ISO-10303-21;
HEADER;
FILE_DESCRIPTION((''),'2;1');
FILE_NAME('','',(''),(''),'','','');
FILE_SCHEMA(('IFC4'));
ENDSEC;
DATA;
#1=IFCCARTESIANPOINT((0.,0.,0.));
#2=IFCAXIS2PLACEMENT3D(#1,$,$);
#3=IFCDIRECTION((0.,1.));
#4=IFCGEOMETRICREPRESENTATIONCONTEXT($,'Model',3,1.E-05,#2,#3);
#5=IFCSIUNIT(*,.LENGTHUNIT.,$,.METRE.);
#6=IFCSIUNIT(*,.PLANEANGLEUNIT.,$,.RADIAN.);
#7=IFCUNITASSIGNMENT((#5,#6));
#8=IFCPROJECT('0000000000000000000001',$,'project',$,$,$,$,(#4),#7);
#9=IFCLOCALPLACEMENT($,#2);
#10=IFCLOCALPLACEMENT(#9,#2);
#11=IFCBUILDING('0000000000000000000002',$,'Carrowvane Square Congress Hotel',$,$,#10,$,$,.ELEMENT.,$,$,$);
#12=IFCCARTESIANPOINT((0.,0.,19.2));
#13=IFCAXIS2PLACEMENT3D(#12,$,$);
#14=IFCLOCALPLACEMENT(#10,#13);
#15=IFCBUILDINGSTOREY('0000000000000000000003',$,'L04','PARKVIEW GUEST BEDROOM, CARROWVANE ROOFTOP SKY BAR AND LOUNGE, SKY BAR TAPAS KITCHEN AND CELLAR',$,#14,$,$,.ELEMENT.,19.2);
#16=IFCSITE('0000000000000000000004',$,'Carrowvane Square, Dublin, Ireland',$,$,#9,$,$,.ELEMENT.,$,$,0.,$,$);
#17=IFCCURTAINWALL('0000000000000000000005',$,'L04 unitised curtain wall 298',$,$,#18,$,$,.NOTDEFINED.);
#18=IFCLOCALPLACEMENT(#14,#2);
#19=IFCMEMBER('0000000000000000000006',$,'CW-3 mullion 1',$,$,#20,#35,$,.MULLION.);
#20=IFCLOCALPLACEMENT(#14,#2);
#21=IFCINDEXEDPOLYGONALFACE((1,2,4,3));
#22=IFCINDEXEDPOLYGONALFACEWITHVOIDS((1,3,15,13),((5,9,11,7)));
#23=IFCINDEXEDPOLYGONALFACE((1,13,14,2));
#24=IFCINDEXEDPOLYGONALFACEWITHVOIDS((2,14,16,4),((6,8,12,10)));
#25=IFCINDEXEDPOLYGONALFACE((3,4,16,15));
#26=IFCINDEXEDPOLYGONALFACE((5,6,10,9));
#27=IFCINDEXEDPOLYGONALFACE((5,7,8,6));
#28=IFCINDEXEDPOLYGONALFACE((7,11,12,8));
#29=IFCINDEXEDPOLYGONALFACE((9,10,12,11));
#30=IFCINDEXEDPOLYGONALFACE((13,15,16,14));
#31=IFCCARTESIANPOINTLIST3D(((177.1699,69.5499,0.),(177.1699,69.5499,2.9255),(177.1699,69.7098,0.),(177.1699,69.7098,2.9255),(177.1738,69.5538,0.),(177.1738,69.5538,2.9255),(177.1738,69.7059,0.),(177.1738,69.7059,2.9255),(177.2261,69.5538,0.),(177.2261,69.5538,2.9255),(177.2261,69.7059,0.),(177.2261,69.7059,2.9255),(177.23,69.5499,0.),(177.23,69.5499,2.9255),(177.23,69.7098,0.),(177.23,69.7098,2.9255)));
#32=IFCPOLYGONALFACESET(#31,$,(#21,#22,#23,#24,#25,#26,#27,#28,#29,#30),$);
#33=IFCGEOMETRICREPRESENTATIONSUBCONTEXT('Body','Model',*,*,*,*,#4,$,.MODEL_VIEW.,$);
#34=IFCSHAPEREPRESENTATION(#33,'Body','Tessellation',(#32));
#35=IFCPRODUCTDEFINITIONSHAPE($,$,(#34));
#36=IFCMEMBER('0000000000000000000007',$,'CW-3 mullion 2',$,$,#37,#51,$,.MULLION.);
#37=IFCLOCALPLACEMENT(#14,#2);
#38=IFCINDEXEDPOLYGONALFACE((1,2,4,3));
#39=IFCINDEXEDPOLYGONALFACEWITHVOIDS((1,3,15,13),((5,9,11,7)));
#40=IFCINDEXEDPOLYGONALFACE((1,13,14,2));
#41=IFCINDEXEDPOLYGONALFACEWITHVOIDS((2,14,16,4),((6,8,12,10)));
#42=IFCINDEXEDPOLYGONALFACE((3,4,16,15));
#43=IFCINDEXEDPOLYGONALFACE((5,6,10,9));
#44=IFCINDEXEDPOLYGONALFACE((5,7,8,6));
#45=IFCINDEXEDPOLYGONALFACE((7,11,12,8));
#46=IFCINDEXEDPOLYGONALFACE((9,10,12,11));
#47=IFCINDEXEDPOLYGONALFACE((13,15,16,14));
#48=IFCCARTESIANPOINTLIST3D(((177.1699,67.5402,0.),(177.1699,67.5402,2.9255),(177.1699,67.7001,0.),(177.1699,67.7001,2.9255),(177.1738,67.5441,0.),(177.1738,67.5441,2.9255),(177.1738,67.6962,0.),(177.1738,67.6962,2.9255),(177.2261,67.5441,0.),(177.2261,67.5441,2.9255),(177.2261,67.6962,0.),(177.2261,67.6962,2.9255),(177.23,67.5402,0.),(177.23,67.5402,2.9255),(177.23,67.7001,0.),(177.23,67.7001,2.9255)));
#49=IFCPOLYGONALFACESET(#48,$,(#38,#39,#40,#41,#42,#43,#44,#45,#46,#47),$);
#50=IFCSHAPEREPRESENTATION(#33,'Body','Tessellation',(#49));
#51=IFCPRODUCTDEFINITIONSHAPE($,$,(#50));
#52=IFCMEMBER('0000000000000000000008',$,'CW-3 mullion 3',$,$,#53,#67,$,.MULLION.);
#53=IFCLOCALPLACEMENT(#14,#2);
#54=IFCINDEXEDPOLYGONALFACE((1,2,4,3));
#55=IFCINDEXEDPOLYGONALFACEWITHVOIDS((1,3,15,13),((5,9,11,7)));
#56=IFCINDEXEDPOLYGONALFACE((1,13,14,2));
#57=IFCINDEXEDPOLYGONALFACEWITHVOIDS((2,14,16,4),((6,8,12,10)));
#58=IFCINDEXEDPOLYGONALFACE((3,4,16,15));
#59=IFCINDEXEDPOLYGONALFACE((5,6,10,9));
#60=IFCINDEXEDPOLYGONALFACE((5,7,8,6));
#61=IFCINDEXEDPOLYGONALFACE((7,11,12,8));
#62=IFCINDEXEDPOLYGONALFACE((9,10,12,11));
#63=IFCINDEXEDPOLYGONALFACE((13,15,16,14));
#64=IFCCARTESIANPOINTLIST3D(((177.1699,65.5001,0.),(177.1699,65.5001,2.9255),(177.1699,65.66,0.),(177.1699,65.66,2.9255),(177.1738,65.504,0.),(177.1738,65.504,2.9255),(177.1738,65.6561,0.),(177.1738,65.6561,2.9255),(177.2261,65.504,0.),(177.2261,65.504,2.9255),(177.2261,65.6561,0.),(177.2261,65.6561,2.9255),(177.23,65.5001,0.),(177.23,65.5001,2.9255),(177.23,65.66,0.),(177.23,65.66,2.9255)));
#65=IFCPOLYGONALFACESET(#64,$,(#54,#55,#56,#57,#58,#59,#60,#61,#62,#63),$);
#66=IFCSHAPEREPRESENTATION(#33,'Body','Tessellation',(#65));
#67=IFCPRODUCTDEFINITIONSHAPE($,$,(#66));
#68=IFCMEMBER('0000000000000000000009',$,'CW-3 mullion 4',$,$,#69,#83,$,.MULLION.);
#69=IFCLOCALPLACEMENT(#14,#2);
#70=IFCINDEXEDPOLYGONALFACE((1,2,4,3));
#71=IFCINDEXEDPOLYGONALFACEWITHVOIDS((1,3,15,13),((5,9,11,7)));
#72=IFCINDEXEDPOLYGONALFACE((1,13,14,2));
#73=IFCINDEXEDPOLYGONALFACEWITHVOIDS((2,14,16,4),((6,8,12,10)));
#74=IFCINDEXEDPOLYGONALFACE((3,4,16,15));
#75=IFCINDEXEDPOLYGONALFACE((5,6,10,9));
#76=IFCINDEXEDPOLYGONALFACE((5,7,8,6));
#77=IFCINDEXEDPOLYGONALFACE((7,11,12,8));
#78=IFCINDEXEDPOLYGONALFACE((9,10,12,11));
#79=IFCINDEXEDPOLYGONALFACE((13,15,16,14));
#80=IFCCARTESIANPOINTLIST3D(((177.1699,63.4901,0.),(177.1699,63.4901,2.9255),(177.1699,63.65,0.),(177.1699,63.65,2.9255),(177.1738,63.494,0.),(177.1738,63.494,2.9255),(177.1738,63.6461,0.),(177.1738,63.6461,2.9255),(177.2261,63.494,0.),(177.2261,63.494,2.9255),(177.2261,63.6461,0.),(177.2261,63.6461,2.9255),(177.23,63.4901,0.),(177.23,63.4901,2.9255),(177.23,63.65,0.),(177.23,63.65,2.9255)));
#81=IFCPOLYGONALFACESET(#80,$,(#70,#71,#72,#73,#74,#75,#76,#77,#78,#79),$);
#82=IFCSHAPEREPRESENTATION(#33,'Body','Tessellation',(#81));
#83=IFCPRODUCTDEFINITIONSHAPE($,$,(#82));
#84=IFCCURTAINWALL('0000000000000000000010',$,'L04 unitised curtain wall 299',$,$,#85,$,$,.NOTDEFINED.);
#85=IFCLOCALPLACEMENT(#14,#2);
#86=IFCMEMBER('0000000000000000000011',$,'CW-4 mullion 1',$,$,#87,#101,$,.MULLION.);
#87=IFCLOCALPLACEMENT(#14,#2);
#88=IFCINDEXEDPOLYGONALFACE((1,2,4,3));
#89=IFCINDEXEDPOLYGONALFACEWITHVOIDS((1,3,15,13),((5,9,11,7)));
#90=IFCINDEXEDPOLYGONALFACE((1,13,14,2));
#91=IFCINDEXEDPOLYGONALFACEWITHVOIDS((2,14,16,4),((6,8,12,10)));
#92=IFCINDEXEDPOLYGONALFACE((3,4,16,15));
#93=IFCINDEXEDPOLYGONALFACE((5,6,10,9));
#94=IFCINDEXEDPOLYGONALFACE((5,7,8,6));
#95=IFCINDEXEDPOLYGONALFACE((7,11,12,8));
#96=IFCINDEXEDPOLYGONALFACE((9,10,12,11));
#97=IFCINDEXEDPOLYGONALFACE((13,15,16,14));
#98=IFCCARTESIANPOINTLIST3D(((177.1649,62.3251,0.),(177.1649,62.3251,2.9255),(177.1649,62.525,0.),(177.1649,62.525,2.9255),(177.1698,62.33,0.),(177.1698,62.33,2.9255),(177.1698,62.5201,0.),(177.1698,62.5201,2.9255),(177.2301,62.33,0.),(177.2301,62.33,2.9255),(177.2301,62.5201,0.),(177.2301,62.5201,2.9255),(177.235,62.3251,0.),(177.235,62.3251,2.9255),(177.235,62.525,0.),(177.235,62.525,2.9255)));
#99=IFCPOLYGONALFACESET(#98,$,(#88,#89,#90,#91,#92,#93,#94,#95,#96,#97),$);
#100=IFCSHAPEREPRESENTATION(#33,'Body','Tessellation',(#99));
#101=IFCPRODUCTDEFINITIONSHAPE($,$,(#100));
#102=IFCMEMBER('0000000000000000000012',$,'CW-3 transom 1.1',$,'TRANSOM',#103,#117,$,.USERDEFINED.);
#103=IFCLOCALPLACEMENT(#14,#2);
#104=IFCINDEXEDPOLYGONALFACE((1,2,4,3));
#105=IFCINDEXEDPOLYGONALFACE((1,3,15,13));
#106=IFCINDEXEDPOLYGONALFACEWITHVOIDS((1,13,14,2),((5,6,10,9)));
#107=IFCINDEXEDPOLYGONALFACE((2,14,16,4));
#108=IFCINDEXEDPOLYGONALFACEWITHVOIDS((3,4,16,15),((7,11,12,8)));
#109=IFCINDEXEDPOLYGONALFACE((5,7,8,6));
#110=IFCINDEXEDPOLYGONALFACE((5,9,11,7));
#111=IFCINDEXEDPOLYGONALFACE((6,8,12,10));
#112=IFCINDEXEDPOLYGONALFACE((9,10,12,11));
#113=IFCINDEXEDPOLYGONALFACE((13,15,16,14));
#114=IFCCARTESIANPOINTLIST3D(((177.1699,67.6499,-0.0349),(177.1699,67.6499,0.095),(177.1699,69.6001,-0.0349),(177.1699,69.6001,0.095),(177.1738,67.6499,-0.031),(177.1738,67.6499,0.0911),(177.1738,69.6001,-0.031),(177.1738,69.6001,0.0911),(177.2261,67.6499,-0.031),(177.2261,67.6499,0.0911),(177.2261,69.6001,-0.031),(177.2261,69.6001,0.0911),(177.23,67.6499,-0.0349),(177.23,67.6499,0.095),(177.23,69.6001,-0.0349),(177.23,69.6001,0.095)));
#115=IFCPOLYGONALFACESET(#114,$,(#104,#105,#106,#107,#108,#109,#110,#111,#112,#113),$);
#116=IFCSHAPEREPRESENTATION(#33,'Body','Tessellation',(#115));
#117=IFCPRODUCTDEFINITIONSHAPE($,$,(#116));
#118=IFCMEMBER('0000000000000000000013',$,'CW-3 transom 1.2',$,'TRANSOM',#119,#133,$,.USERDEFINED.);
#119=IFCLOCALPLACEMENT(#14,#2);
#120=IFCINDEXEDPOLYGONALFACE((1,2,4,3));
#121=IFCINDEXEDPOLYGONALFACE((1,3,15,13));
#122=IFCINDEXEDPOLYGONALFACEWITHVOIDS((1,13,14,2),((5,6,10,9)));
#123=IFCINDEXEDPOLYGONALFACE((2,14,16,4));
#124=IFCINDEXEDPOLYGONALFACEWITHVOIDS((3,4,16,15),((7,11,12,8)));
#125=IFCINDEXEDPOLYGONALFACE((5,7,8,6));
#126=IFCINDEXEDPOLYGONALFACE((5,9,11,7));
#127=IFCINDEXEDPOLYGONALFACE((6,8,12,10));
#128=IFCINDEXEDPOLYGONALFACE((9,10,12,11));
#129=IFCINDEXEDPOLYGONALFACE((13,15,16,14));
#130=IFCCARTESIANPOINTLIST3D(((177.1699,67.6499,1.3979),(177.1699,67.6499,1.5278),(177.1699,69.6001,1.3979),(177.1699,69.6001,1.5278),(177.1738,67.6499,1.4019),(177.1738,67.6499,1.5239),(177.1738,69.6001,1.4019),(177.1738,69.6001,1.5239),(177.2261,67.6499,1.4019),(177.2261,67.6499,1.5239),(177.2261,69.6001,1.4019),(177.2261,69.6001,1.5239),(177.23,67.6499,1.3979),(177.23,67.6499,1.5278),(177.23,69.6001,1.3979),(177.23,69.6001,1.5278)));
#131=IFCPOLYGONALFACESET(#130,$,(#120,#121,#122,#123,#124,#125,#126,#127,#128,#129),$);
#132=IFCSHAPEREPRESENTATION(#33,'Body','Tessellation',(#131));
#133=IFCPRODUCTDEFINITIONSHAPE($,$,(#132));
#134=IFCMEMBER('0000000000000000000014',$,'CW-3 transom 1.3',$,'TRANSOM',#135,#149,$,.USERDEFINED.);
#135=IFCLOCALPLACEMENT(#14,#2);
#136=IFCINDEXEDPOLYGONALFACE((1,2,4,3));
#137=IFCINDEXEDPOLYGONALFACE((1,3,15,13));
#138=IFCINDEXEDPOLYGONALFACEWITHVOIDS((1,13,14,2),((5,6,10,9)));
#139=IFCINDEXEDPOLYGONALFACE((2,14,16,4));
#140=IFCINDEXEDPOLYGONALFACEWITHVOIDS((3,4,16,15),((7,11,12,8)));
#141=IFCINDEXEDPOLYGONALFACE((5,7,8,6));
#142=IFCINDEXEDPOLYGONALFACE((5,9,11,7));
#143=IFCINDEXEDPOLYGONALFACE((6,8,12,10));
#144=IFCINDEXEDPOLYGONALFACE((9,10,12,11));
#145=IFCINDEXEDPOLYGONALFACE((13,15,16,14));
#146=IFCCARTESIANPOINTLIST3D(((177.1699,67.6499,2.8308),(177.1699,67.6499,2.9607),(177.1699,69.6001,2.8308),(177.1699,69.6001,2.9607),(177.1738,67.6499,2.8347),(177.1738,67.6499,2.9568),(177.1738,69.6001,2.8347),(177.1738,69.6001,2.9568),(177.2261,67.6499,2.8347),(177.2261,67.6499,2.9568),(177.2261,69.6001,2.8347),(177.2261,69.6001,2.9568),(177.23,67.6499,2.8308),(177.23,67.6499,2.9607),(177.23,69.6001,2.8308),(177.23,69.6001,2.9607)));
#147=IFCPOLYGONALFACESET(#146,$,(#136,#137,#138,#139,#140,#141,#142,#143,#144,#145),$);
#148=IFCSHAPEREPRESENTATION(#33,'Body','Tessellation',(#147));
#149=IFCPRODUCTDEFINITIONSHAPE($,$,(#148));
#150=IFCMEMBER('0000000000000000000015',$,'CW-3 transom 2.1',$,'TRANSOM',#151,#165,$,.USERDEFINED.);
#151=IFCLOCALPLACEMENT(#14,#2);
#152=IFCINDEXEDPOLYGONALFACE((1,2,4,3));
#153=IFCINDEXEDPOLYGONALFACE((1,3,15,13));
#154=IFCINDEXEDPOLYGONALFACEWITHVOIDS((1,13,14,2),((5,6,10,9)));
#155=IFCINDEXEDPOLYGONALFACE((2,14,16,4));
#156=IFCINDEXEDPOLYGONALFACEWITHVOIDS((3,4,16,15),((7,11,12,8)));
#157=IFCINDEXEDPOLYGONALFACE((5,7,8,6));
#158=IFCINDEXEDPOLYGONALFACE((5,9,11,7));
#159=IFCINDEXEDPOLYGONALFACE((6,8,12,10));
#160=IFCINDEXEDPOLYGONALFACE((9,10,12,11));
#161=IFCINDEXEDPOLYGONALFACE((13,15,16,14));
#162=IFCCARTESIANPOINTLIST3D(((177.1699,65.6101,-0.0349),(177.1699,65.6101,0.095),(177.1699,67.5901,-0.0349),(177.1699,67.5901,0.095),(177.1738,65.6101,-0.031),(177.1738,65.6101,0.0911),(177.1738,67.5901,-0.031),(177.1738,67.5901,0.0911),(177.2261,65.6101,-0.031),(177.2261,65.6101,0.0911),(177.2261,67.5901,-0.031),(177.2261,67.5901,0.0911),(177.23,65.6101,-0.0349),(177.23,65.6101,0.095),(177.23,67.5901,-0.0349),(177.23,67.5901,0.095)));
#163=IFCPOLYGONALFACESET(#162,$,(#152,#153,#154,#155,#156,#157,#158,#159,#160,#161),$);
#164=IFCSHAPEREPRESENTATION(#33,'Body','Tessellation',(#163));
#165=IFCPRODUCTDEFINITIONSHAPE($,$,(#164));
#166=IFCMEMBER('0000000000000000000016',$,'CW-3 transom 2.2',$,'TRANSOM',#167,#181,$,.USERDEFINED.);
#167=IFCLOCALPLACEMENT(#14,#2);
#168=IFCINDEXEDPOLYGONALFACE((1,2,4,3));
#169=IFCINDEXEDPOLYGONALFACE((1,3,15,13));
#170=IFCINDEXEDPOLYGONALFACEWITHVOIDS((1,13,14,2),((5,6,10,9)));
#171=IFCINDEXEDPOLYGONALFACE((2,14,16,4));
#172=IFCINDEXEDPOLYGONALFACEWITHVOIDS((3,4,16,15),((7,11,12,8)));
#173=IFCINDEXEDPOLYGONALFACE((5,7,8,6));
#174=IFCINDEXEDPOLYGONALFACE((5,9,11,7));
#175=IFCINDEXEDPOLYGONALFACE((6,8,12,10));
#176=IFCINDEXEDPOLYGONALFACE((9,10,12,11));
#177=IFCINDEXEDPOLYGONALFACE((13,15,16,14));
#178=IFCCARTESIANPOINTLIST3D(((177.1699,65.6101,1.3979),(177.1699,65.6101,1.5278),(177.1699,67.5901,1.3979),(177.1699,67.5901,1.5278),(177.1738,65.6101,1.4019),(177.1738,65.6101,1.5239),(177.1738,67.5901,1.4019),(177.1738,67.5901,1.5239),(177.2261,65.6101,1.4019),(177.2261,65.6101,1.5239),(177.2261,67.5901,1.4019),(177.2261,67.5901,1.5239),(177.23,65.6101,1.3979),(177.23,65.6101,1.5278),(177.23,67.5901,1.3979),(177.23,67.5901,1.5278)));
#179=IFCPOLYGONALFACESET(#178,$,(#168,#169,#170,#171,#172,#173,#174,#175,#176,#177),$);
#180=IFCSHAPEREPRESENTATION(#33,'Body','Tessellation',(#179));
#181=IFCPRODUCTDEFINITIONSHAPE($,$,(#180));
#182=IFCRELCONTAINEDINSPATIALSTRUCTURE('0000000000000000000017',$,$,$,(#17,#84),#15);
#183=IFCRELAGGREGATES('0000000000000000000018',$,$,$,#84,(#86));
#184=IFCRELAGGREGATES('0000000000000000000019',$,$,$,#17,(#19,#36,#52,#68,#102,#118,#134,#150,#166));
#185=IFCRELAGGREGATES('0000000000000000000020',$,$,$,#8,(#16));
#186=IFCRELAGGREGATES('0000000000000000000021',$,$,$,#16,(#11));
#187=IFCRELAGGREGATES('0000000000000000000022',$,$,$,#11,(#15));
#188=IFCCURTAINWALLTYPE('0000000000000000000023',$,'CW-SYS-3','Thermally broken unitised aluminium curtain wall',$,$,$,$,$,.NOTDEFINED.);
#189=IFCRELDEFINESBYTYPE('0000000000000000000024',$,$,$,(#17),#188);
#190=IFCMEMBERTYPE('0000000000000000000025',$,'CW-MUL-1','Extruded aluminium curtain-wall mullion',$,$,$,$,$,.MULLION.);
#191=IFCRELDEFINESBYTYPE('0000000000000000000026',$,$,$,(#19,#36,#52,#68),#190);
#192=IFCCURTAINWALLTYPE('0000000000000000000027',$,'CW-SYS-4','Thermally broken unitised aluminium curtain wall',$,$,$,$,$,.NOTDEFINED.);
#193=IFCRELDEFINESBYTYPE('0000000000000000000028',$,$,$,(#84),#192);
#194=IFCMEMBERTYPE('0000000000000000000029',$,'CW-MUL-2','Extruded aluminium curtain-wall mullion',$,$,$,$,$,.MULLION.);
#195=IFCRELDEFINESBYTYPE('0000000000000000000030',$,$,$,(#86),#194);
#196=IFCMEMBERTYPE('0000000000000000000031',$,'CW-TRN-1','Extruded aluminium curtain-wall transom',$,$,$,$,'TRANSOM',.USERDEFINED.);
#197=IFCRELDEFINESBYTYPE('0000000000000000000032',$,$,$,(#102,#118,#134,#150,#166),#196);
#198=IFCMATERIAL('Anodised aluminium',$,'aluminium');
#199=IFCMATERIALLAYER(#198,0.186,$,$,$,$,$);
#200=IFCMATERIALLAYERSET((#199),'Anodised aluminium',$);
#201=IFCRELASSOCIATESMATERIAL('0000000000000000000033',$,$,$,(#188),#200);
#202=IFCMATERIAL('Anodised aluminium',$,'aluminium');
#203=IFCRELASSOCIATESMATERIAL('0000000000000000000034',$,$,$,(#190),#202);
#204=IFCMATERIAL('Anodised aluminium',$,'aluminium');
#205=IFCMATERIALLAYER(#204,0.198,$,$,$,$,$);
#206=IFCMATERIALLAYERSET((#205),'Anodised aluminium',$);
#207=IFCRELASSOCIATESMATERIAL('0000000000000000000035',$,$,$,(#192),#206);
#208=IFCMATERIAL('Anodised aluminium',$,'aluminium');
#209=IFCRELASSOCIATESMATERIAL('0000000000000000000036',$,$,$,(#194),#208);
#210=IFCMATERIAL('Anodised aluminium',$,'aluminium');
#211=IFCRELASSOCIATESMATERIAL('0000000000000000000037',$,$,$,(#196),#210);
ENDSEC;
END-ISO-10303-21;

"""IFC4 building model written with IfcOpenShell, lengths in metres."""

from ifc_helpers import new_model, si_unit, direction, frame, origin, origin_2d, place, context, subcontext, project, spatial, hollow_rectangle, extrude, material, layer, layer_set, material_profile, profile_set, type_object, element, aggregate, save


model = new_model("IFC4")

# Units and contexts
model_context = context("Model", 3, precision=1e-05, world=origin(), true_north=direction((0.0, 1.0)))
body_context = subcontext(model_context, "Body", "Model", "MODEL_VIEW")
ifc_project = project(units=[si_unit("LENGTHUNIT", "METRE"), si_unit("PLANEANGLEUNIT", "RADIAN")], contexts=[model_context])

# Site, building, storey
site_placement = place(None, origin())
site = spatial("IfcSite", under=ifc_project, at=site_placement, Name="Carrowvane Square, Dublin, Ireland", CompositionType="ELEMENT", RefElevation=0.0)
building_placement = place(site_placement, origin())
building = spatial("IfcBuilding", under=site, at=building_placement, Name="Carrowvane Square Congress Hotel", CompositionType="ELEMENT")
storey_placement = place(building_placement, frame((0.0, 0.0, 19.2)))
storey = spatial("IfcBuildingStorey", under=building, at=storey_placement, Name="L04", Description="PARKVIEW GUEST BEDROOM, CARROWVANE ROOFTOP SKY BAR AND LOUNGE, SKY BAR TAPAS KITCHEN AND CELLAR", CompositionType="ELEMENT", Elevation=19.2)

# Curtain wall, members
ifc_material_1 = material(Name="Anodised aluminium", Category="aluminium")
ifc_layer_1 = layer(ifc_material_1, 0.186)
ifc_layer_set_1 = layer_set([ifc_layer_1], Name="Anodised aluminium")
curtain_wall_type_1 = type_object("IfcCurtainWallType", Name="CW-SYS-3", Description="Thermally broken unitised aluminium curtain wall", PredefinedType="NOTDEFINED", material=ifc_layer_set_1)
curtain_wall_1_placement = place(storey_placement, origin())
curtain_wall_1 = element("IfcCurtainWall", 1, at=curtain_wall_1_placement, inside=storey, type_object=curtain_wall_type_1, Name="L04 unitised curtain wall 298", PredefinedType="NOTDEFINED")
ifc_material_2 = material(Name="Anodised aluminium", Category="aluminium")
ifc_material_profile_1 = material_profile(ifc_material_2, hollow_rectangle(XDim=0.0601, YDim=0.1599, WallThickness=0.0039, at=origin_2d()), Name="CW-ML 60x160x4")
ifc_profile_set_1 = profile_set([ifc_material_profile_1], Name="Anodised aluminium")
member_type_1 = type_object("IfcMemberType", Name="CW-MUL-1", Description="Extruded aluminium curtain-wall mullion", PredefinedType="MULLION", material=ifc_profile_set_1)
member_1_placement = place(storey_placement, frame((177.2, 69.6299, 0.0), z_axis=(0.0, 0.0, 1.0), x_axis=(1.0, 0.0, 0.0)))
member_1 = element("IfcMember", 2, at=member_1_placement, type_object=member_type_1, Name="CW-3 mullion 1", PredefinedType="MULLION", context=body_context, shape_type="SweptSolid", body=[
    extrude(hollow_rectangle(XDim=0.0601, YDim=0.1599, WallThickness=0.0039, at=origin_2d()), origin(), (0.0, 0.0, 1.0), 2.9255),
])
member_2_placement = place(storey_placement, frame((177.2, 67.6201, 0.0), z_axis=(0.0, 0.0, 1.0), x_axis=(1.0, 0.0, 0.0)))
member_2 = element("IfcMember", 3, at=member_2_placement, type_object=member_type_1, Name="CW-3 mullion 2", PredefinedType="MULLION", context=body_context, shape_type="SweptSolid", body=[
    extrude(hollow_rectangle(XDim=0.0601, YDim=0.1599, WallThickness=0.0039, at=origin_2d()), origin(), (0.0, 0.0, 1.0), 2.9255),
])
member_3_placement = place(storey_placement, frame((177.2, 65.5801, 0.0), z_axis=(0.0, 0.0, 1.0), x_axis=(1.0, 0.0, 0.0)))
member_3 = element("IfcMember", 4, at=member_3_placement, type_object=member_type_1, Name="CW-3 mullion 3", PredefinedType="MULLION", context=body_context, shape_type="SweptSolid", body=[
    extrude(hollow_rectangle(XDim=0.0601, YDim=0.1599, WallThickness=0.0039, at=origin_2d()), origin(), (0.0, 0.0, 1.0), 2.9255),
])
member_4_placement = place(storey_placement, frame((177.2, 63.5701, 0.0), z_axis=(0.0, 0.0, 1.0), x_axis=(1.0, 0.0, 0.0)))
member_4 = element("IfcMember", 5, at=member_4_placement, type_object=member_type_1, Name="CW-3 mullion 4", PredefinedType="MULLION", context=body_context, shape_type="SweptSolid", body=[
    extrude(hollow_rectangle(XDim=0.0601, YDim=0.1599, WallThickness=0.0039, at=origin_2d()), origin(), (0.0, 0.0, 1.0), 2.9255),
])

# Curtain wall, member
ifc_material_3 = material(Name="Anodised aluminium", Category="aluminium")
ifc_layer_2 = layer(ifc_material_3, 0.198)
ifc_layer_set_2 = layer_set([ifc_layer_2], Name="Anodised aluminium")
curtain_wall_type_2 = type_object("IfcCurtainWallType", Name="CW-SYS-4", Description="Thermally broken unitised aluminium curtain wall", PredefinedType="NOTDEFINED", material=ifc_layer_set_2)
curtain_wall_2_placement = place(storey_placement, origin())
curtain_wall_2 = element("IfcCurtainWall", 6, at=curtain_wall_2_placement, inside=storey, type_object=curtain_wall_type_2, Name="L04 unitised curtain wall 299", PredefinedType="NOTDEFINED")
ifc_material_4 = material(Name="Anodised aluminium", Category="aluminium")
ifc_material_profile_2 = material_profile(ifc_material_4, hollow_rectangle(XDim=0.0701, YDim=0.2, WallThickness=0.0049, at=origin_2d()), Name="CW-ML 70x200x5")
ifc_profile_set_2 = profile_set([ifc_material_profile_2], Name="Anodised aluminium")
member_type_2 = type_object("IfcMemberType", Name="CW-MUL-2", Description="Extruded aluminium curtain-wall mullion", PredefinedType="MULLION", material=ifc_profile_set_2)
member_5_placement = place(storey_placement, frame((177.2, 62.425, 0.0), z_axis=(0.0, 0.0, 1.0), x_axis=(1.0, 0.0, 0.0)))
member_5 = element("IfcMember", 7, at=member_5_placement, type_object=member_type_2, Name="CW-4 mullion 1", PredefinedType="MULLION", context=body_context, shape_type="SweptSolid", body=[
    extrude(hollow_rectangle(XDim=0.0701, YDim=0.2, WallThickness=0.0049, at=origin_2d()), origin(), (0.0, 0.0, 1.0), 2.9255),
])

# Members
ifc_material_5 = material(Name="Anodised aluminium", Category="aluminium")
ifc_material_profile_3 = material_profile(ifc_material_5, hollow_rectangle(XDim=0.0601, YDim=0.1299, WallThickness=0.0039, at=origin_2d()), Name="CW-TR 60x130x4")
ifc_profile_set_3 = profile_set([ifc_material_profile_3], Name="Anodised aluminium")
member_type_3 = type_object("IfcMemberType", Name="CW-TRN-1", Description="Extruded aluminium curtain-wall transom", ElementType="TRANSOM", PredefinedType="USERDEFINED", material=ifc_profile_set_3)
member_6_placement = place(storey_placement, frame((177.2, 69.6001, 0.03), z_axis=(0.0, -1.0, 0.0), x_axis=(1.0, 0.0, 0.0)))
member_6 = element("IfcMember", 8, at=member_6_placement, type_object=member_type_3, Name="CW-3 transom 1.1", ObjectType="TRANSOM", PredefinedType="USERDEFINED", context=body_context, shape_type="SweptSolid", body=[
    extrude(hollow_rectangle(XDim=0.0601, YDim=0.1299, WallThickness=0.0039, at=origin_2d()), origin(), (0.0, 0.0, 1.0), 1.9502),
])
member_7_placement = place(storey_placement, frame((177.2, 69.6001, 1.4629), z_axis=(0.0, -1.0, 0.0), x_axis=(1.0, 0.0, 0.0)))
member_7 = element("IfcMember", 9, at=member_7_placement, type_object=member_type_3, Name="CW-3 transom 1.2", ObjectType="TRANSOM", PredefinedType="USERDEFINED", context=body_context, shape_type="SweptSolid", body=[
    extrude(hollow_rectangle(XDim=0.0601, YDim=0.1299, WallThickness=0.0039, at=origin_2d()), origin(), (0.0, 0.0, 1.0), 1.9502),
])
member_8_placement = place(storey_placement, frame((177.2, 69.6001, 2.8958), z_axis=(0.0, -1.0, 0.0), x_axis=(1.0, 0.0, 0.0)))
member_8 = element("IfcMember", 10, at=member_8_placement, type_object=member_type_3, Name="CW-3 transom 1.3", ObjectType="TRANSOM", PredefinedType="USERDEFINED", context=body_context, shape_type="SweptSolid", body=[
    extrude(hollow_rectangle(XDim=0.0601, YDim=0.1299, WallThickness=0.0039, at=origin_2d()), origin(), (0.0, 0.0, 1.0), 1.9502),
])
member_9_placement = place(storey_placement, frame((177.2, 67.5901, 0.03), z_axis=(0.0, -1.0, 0.0), x_axis=(1.0, 0.0, 0.0)))
member_9 = element("IfcMember", 11, at=member_9_placement, type_object=member_type_3, Name="CW-3 transom 2.1", ObjectType="TRANSOM", PredefinedType="USERDEFINED", context=body_context, shape_type="SweptSolid", body=[
    extrude(hollow_rectangle(XDim=0.0601, YDim=0.1299, WallThickness=0.0039, at=origin_2d()), origin(), (0.0, 0.0, 1.0), 1.98),
])
member_10_placement = place(storey_placement, frame((177.2, 67.5901, 1.4629), z_axis=(0.0, -1.0, 0.0), x_axis=(1.0, 0.0, 0.0)))
member_10 = element("IfcMember", 12, at=member_10_placement, type_object=member_type_3, Name="CW-3 transom 2.2", ObjectType="TRANSOM", PredefinedType="USERDEFINED", context=body_context, shape_type="SweptSolid", body=[
    extrude(hollow_rectangle(XDim=0.0601, YDim=0.1299, WallThickness=0.0039, at=origin_2d()), origin(), (0.0, 0.0, 1.0), 1.98),
])
aggregate(curtain_wall_2, [member_5])

aggregate(curtain_wall_1, [member_1, member_2, member_3, member_4, member_6, member_7, member_8, member_9, member_10])

save(model, "model.ifc")
